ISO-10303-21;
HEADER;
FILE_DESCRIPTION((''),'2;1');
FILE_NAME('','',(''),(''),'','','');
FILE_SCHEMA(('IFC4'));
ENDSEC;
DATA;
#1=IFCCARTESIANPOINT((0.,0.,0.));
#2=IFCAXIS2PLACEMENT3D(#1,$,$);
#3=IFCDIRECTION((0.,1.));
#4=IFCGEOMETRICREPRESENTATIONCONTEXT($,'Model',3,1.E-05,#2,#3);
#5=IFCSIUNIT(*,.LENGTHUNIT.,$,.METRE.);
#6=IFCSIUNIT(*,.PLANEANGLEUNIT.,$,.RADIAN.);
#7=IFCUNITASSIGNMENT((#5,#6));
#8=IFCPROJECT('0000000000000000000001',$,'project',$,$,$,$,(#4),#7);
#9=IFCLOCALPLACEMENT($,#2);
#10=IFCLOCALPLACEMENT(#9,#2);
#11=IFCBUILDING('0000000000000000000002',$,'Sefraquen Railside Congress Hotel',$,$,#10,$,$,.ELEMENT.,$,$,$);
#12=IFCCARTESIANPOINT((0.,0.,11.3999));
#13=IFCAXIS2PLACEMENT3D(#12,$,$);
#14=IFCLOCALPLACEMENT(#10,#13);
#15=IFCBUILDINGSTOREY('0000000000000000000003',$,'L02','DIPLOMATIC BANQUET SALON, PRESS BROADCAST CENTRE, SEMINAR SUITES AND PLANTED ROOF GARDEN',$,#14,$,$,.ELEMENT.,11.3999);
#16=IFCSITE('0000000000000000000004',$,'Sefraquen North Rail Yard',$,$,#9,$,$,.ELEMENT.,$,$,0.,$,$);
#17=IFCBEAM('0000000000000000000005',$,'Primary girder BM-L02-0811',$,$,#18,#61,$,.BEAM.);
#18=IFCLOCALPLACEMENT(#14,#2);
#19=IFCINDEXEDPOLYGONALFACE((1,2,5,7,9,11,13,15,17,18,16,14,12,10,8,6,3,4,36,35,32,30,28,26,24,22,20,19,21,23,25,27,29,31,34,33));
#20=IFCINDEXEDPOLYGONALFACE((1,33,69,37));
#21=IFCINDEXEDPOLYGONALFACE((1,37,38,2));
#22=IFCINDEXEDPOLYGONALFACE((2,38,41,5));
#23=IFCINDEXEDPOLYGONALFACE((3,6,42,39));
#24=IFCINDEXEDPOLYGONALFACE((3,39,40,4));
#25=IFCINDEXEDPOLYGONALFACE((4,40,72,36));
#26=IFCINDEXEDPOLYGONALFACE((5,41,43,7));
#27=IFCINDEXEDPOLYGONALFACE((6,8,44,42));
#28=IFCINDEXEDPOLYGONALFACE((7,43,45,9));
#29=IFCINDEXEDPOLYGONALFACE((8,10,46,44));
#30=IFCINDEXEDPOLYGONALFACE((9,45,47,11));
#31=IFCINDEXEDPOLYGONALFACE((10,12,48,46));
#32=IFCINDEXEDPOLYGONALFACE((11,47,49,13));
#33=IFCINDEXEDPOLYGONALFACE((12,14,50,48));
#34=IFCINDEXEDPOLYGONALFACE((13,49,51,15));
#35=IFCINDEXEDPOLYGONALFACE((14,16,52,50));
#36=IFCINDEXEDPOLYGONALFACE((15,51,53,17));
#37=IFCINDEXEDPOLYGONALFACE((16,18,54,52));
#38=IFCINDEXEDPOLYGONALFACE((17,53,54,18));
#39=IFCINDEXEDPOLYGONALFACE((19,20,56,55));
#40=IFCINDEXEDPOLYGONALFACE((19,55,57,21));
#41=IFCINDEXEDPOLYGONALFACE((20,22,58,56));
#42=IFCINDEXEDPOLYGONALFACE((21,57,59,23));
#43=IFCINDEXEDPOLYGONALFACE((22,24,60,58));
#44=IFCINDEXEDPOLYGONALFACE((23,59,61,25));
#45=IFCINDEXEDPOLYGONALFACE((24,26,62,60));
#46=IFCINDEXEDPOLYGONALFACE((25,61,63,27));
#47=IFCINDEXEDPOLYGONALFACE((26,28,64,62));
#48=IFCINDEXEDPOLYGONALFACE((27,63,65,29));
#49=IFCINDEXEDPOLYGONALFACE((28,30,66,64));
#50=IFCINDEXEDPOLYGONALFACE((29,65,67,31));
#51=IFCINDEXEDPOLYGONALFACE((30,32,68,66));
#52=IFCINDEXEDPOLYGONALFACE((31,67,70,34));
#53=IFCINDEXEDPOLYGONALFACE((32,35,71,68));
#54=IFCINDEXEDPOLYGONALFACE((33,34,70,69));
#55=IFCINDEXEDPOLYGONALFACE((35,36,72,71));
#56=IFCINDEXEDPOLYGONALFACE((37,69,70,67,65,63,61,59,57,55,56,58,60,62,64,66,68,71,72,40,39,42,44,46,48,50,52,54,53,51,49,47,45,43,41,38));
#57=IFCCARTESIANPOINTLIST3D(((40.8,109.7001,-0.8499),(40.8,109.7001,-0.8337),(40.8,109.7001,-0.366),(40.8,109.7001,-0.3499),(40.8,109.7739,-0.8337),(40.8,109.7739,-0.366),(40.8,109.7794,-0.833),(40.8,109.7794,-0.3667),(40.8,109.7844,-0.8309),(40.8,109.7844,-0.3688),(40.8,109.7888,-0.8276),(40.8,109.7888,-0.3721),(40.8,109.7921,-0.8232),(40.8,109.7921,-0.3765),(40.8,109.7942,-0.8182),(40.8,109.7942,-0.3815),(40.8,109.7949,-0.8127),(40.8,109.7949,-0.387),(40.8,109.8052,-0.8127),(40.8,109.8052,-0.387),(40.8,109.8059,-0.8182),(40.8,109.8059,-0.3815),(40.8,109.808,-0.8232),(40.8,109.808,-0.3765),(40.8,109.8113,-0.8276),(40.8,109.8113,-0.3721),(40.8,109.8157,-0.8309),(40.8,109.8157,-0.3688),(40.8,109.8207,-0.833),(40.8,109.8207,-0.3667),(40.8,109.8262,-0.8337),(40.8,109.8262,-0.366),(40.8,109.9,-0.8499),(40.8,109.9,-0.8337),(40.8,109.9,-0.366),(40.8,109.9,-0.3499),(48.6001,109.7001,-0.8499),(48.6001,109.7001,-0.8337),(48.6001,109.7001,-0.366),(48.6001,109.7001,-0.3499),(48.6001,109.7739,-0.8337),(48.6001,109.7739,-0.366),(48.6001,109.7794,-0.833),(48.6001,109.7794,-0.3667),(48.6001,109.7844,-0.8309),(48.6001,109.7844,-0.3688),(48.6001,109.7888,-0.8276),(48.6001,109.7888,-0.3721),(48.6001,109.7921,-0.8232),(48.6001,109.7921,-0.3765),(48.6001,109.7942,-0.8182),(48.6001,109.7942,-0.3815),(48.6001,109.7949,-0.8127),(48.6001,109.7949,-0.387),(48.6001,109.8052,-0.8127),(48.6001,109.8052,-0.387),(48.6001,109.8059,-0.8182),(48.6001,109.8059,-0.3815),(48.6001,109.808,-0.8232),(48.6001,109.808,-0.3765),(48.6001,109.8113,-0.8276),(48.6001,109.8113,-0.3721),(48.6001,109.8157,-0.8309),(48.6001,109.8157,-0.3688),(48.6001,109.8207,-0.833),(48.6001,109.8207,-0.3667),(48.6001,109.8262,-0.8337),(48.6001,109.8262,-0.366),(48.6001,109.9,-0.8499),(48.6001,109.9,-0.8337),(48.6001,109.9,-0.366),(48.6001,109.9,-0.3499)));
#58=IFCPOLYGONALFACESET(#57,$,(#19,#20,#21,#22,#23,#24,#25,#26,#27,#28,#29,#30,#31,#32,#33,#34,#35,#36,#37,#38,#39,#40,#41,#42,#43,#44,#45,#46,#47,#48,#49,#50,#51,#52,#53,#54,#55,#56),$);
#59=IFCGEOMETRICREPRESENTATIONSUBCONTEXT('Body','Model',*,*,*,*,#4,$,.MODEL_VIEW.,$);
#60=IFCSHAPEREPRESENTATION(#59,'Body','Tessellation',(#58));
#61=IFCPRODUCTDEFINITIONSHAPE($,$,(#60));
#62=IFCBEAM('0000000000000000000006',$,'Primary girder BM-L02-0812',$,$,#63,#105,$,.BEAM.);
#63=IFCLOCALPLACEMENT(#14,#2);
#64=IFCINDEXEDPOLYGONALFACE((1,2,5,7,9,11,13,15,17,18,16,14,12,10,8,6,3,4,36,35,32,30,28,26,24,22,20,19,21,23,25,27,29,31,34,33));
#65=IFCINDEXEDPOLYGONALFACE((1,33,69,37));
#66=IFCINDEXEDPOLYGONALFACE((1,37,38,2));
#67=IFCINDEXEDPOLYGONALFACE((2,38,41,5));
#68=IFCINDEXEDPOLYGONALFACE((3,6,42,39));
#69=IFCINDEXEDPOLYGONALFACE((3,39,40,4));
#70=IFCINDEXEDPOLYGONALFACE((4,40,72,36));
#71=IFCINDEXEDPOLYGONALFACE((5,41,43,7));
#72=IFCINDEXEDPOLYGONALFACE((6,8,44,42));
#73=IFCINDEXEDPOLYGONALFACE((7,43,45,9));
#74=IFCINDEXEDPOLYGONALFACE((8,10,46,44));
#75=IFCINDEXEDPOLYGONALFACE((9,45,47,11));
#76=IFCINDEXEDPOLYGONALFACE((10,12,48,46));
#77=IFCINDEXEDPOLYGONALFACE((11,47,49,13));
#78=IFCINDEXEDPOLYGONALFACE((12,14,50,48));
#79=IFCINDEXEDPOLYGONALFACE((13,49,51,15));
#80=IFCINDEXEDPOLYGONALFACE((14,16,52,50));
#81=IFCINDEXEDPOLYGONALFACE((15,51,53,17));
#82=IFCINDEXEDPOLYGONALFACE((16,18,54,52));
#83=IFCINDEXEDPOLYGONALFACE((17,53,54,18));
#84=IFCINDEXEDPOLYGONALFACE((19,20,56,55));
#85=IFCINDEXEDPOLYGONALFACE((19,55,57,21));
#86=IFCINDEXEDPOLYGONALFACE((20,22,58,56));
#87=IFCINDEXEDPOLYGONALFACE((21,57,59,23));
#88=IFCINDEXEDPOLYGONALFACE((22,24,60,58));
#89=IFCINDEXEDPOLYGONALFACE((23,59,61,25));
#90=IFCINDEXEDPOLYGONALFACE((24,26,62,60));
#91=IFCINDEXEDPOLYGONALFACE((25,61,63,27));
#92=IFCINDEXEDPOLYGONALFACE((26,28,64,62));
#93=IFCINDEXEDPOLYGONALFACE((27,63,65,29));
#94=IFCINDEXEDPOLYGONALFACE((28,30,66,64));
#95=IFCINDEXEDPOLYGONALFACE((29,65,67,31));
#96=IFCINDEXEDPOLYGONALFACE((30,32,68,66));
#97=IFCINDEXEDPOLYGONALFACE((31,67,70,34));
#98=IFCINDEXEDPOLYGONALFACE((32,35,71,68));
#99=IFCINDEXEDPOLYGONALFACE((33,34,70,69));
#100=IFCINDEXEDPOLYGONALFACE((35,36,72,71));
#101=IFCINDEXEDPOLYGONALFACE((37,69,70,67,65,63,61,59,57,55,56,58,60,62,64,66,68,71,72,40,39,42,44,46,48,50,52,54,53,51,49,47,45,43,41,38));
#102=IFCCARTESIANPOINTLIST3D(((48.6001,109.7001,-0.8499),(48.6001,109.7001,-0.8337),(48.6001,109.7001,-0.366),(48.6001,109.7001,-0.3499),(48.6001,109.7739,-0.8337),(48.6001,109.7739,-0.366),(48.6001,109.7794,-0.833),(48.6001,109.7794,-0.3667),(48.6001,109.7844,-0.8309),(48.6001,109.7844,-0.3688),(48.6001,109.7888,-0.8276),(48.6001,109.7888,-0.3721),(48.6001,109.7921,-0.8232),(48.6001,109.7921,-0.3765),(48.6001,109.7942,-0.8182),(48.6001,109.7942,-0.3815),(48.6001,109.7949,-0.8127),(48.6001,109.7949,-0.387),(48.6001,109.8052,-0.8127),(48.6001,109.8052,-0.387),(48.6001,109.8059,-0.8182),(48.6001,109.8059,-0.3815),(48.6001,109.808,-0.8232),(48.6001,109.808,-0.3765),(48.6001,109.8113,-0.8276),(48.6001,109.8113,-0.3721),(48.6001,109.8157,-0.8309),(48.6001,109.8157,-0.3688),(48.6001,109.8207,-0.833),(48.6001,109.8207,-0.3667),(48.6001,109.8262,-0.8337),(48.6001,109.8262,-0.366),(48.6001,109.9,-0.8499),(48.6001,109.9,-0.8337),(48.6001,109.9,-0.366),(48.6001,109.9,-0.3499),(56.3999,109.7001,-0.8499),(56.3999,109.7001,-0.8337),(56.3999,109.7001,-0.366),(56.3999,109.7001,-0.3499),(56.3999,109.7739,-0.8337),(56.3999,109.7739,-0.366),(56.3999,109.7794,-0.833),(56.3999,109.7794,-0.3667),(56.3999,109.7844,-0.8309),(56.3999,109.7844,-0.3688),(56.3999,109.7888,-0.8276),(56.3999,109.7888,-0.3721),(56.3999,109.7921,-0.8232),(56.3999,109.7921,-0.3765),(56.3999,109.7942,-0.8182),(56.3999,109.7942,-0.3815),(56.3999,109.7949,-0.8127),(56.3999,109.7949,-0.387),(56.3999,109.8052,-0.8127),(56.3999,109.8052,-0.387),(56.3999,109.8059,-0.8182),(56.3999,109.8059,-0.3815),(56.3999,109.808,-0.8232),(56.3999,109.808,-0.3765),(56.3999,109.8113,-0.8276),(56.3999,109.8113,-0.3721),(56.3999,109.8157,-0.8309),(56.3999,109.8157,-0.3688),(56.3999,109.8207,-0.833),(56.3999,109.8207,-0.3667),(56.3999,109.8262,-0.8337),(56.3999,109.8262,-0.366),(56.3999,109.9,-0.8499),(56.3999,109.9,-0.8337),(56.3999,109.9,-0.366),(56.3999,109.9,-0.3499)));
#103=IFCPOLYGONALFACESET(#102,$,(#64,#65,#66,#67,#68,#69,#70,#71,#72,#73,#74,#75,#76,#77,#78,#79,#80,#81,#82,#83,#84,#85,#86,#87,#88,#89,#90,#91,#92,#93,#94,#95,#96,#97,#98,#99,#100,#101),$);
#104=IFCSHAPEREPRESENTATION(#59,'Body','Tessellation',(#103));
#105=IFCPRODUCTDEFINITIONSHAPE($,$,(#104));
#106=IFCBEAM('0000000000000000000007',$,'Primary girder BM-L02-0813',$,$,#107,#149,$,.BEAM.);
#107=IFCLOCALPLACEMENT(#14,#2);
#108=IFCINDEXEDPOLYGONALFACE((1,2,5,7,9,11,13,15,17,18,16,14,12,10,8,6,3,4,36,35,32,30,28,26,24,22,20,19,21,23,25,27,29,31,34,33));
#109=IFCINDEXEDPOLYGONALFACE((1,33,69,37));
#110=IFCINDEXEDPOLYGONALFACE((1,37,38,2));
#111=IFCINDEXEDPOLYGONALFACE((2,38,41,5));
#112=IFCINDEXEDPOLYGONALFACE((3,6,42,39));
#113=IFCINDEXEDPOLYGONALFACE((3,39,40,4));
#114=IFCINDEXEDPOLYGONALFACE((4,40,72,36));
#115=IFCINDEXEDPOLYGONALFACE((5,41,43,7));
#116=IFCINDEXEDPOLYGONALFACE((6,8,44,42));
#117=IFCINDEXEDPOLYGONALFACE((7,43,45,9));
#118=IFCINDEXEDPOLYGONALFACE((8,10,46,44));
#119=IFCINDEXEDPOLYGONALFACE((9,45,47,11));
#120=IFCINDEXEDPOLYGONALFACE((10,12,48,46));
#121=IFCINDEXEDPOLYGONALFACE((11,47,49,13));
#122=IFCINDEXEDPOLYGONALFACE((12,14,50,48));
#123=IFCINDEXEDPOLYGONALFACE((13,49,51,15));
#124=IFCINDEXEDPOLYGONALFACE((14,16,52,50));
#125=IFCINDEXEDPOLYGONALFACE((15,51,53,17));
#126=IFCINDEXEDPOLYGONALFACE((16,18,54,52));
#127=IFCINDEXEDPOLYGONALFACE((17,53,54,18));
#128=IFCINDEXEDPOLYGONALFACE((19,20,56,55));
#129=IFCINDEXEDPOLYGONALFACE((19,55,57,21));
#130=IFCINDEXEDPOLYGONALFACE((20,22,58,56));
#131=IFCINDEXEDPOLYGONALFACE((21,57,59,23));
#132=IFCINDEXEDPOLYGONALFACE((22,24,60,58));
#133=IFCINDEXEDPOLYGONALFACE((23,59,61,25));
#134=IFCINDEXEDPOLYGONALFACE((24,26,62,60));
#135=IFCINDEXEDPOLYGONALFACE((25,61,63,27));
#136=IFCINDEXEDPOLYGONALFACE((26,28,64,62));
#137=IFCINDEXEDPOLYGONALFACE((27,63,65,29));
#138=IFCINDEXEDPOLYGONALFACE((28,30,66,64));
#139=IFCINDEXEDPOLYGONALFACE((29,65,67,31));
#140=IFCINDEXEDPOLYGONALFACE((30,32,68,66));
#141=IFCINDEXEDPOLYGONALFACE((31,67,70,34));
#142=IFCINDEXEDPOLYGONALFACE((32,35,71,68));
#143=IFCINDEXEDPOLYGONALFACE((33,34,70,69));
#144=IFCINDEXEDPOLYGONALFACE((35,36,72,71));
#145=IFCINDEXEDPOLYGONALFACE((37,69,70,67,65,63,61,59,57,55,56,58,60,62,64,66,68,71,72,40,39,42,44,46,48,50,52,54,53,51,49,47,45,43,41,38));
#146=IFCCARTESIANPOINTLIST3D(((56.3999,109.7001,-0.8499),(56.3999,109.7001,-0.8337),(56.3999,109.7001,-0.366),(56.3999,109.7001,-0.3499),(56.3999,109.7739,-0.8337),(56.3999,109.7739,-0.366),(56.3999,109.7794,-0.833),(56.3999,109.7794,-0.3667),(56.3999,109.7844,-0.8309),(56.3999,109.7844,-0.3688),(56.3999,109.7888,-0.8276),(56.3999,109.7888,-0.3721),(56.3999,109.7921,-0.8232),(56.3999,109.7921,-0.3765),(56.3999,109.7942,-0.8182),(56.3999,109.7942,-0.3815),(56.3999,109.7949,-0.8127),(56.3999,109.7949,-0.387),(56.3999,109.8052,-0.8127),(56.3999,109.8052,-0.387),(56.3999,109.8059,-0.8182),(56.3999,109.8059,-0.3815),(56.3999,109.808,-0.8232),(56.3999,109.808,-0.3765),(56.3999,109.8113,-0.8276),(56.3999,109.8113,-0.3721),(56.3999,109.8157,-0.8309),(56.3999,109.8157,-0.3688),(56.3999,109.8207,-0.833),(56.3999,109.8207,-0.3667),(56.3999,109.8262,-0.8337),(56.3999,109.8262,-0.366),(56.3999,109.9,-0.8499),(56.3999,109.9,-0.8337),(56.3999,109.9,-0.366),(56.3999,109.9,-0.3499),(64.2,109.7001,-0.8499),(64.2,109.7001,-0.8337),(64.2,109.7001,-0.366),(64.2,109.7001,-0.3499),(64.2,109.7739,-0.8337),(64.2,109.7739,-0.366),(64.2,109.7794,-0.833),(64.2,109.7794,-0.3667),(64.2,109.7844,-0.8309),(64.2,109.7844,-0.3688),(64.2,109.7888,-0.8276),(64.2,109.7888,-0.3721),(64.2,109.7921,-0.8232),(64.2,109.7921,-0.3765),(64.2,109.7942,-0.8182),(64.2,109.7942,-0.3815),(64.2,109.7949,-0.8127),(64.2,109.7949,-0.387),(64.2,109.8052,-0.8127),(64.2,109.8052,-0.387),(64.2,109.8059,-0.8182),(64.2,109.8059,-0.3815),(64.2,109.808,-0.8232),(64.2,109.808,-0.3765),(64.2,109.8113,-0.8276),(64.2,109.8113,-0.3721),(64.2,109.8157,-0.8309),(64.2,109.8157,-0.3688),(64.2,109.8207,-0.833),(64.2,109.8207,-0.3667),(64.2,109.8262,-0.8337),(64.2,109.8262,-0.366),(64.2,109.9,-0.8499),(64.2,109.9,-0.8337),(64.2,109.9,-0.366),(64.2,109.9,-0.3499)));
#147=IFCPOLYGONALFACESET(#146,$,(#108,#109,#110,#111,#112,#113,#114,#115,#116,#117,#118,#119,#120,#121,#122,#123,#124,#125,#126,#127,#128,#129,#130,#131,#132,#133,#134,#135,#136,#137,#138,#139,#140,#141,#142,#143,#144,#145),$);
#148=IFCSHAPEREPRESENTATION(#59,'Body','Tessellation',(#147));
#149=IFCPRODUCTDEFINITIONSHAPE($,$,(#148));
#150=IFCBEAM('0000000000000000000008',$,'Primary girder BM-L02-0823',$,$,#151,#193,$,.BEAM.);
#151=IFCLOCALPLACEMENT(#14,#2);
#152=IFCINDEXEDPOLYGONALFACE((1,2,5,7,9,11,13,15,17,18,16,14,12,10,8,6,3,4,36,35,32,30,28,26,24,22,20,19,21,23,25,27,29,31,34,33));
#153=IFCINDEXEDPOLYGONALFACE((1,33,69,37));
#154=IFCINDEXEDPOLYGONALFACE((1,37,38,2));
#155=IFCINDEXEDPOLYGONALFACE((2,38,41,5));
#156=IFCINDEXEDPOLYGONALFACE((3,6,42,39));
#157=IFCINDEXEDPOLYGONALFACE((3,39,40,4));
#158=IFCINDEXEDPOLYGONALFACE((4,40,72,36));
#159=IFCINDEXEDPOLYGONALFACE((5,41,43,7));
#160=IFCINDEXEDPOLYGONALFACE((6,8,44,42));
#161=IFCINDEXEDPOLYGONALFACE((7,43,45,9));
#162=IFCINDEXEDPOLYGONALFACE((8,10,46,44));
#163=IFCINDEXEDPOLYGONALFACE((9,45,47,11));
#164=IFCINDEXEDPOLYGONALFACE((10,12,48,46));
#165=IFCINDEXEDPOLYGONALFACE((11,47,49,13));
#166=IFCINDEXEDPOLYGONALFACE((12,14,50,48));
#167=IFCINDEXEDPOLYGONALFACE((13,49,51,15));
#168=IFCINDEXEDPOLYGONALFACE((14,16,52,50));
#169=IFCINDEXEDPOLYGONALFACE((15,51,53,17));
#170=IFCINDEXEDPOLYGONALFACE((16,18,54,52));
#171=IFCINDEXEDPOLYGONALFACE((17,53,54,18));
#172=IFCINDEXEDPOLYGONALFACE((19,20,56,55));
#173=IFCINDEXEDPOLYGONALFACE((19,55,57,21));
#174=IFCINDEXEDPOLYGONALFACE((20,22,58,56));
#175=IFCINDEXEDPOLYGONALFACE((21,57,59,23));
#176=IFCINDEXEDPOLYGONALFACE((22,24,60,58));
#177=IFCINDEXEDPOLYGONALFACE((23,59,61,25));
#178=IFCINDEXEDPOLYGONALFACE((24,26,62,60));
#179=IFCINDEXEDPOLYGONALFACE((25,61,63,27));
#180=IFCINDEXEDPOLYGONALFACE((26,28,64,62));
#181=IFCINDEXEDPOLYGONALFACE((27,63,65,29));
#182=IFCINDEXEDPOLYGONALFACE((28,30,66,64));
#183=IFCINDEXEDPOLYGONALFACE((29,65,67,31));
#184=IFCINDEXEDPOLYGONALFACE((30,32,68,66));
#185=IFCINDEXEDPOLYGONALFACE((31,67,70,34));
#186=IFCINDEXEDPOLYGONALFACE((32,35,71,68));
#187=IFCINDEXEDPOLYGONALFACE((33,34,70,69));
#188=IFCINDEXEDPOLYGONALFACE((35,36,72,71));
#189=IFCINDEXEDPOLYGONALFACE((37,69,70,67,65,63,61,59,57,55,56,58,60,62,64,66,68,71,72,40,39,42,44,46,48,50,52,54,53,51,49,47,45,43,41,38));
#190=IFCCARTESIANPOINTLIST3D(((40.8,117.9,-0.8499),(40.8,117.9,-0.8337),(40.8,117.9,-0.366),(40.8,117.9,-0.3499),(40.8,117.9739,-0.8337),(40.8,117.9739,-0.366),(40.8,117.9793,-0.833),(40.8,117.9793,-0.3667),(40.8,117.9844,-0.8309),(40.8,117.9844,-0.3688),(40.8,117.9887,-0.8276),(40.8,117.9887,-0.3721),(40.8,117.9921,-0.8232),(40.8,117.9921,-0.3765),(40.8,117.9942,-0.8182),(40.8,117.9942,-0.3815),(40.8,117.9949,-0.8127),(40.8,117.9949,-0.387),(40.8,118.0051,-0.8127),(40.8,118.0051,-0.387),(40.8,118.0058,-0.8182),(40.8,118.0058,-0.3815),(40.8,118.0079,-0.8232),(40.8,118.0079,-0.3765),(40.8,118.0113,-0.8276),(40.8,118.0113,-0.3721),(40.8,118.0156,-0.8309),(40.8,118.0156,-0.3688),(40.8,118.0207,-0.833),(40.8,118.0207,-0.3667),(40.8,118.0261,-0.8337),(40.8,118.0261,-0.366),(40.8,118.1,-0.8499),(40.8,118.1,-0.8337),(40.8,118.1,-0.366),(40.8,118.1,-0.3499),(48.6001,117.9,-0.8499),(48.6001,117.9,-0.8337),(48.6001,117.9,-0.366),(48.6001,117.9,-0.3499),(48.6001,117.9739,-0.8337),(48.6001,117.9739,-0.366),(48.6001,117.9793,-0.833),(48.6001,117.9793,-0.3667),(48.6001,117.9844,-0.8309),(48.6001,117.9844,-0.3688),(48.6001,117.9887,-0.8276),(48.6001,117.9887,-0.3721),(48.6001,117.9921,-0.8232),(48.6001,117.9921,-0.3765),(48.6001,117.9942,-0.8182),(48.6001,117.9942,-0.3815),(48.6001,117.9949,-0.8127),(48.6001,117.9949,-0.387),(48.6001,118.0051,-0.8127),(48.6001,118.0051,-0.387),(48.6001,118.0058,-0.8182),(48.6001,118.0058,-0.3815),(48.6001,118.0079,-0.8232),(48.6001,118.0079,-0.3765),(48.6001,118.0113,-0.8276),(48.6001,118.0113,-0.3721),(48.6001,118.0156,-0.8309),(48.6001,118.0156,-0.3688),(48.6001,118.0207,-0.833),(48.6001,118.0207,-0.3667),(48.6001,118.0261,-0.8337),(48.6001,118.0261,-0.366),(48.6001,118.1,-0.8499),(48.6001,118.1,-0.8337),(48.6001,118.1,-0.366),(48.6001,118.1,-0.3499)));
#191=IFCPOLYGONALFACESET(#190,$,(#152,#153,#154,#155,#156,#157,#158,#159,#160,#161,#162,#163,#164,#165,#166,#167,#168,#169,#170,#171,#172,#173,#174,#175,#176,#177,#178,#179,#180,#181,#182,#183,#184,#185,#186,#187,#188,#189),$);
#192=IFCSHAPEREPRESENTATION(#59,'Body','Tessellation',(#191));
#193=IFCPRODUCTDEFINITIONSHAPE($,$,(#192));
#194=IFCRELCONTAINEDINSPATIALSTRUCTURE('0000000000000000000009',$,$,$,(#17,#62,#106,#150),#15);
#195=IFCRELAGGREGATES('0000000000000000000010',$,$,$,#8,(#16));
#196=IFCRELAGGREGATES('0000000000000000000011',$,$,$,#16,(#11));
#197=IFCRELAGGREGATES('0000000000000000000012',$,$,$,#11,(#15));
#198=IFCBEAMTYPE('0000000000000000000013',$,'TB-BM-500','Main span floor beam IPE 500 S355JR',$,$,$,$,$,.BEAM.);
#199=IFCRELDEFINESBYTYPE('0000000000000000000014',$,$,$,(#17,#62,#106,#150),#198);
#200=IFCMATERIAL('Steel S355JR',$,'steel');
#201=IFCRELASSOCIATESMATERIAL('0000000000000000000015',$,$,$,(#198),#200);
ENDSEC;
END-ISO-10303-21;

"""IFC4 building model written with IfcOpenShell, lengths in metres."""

from ifc_helpers import new_model, si_unit, direction, frame, origin, origin_2d, place, context, subcontext, project, spatial, i_section, extrude, material, material_profile, profile_set, type_object, element, save


model = new_model("IFC4")

# Units and contexts
model_context = context("Model", 3, precision=1e-05, world=origin(), true_north=direction((0.0, 1.0)))
body_context = subcontext(model_context, "Body", "Model", "MODEL_VIEW")
ifc_project = project(units=[si_unit("LENGTHUNIT", "METRE"), si_unit("PLANEANGLEUNIT", "RADIAN")], contexts=[model_context])

# Site, building, storey
site_placement = place(None, origin())
site = spatial("IfcSite", under=ifc_project, at=site_placement, Name="Sefraquen North Rail Yard", CompositionType="ELEMENT", RefElevation=0.0)
building_placement = place(site_placement, origin())
building = spatial("IfcBuilding", under=site, at=building_placement, Name="Sefraquen Railside Congress Hotel", CompositionType="ELEMENT")
storey_placement = place(building_placement, frame((0.0, 0.0, 11.3999)))
storey = spatial("IfcBuildingStorey", under=building, at=storey_placement, Name="L02", Description="DIPLOMATIC BANQUET SALON, PRESS BROADCAST CENTRE, SEMINAR SUITES AND PLANTED ROOF GARDEN", CompositionType="ELEMENT", Elevation=11.3999)

# Shared definitions
ifc_material = material(Name="Steel S355JR", Category="steel")

# Beams
ifc_material_profile_1 = material_profile(ifc_material, i_section(OverallWidth=0.2, OverallDepth=0.5, WebThickness=0.0103, FlangeThickness=0.0161, FilletRadius=0.021, at=origin_2d()), Name="IPE 500")
ifc_profile_set_1 = profile_set([ifc_material_profile_1], Name="Steel S355JR")
beam_type_1 = type_object("IfcBeamType", Name="TB-BM-500", Description="Main span floor beam IPE 500 S355JR", PredefinedType="BEAM", material=ifc_profile_set_1)
for number, where, z_axis, x_axis, name in (
    (1, (40.8, 109.8, -0.5999), (1.0, 0.0, 0.0), (0.0, 1.0, 0.0), "Primary girder BM-L02-0811"),
):
    element("IfcBeam", number, at=place(storey_placement, frame(where, z_axis=z_axis, x_axis=x_axis)), inside=storey, type_object=beam_type_1, Name=name, PredefinedType="BEAM", context=body_context, shape_type="SweptSolid", body=[
        extrude(i_section(OverallWidth=0.2, OverallDepth=0.5, WebThickness=0.0103, FlangeThickness=0.0161, FilletRadius=0.021, at=origin_2d()), origin(), (0.0, 0.0, 1.0), 7.8),
    ])
beam_1_placement = place(storey_placement, frame((48.6001, 109.8, -0.5999), z_axis=(1.0, 0.0, 0.0), x_axis=(0.0, 1.0, 0.0)))
element("IfcBeam", 2, at=beam_1_placement, inside=storey, type_object=beam_type_1, Name="Primary girder BM-L02-0812", PredefinedType="BEAM", context=body_context, shape_type="SweptSolid", body=[
    extrude(i_section(OverallWidth=0.2, OverallDepth=0.5, WebThickness=0.0103, FlangeThickness=0.0161, FilletRadius=0.021, at=origin_2d()), origin(), (0.0, 0.0, 1.0), 7.7998),
])
for number, where, z_axis, x_axis, name in (
    (3, (56.3999, 109.8, -0.5999), (1.0, 0.0, 0.0), (0.0, 1.0, 0.0), "Primary girder BM-L02-0813"),
    (4, (40.8, 118.0, -0.5999), (1.0, 0.0, 0.0), (0.0, 1.0, 0.0), "Primary girder BM-L02-0823"),
):
    element("IfcBeam", number, at=place(storey_placement, frame(where, z_axis=z_axis, x_axis=x_axis)), inside=storey, type_object=beam_type_1, Name=name, PredefinedType="BEAM", context=body_context, shape_type="SweptSolid", body=[
        extrude(i_section(OverallWidth=0.2, OverallDepth=0.5, WebThickness=0.0103, FlangeThickness=0.0161, FilletRadius=0.021, at=origin_2d()), origin(), (0.0, 0.0, 1.0), 7.8),
    ])

save(model, "model.ifc")
